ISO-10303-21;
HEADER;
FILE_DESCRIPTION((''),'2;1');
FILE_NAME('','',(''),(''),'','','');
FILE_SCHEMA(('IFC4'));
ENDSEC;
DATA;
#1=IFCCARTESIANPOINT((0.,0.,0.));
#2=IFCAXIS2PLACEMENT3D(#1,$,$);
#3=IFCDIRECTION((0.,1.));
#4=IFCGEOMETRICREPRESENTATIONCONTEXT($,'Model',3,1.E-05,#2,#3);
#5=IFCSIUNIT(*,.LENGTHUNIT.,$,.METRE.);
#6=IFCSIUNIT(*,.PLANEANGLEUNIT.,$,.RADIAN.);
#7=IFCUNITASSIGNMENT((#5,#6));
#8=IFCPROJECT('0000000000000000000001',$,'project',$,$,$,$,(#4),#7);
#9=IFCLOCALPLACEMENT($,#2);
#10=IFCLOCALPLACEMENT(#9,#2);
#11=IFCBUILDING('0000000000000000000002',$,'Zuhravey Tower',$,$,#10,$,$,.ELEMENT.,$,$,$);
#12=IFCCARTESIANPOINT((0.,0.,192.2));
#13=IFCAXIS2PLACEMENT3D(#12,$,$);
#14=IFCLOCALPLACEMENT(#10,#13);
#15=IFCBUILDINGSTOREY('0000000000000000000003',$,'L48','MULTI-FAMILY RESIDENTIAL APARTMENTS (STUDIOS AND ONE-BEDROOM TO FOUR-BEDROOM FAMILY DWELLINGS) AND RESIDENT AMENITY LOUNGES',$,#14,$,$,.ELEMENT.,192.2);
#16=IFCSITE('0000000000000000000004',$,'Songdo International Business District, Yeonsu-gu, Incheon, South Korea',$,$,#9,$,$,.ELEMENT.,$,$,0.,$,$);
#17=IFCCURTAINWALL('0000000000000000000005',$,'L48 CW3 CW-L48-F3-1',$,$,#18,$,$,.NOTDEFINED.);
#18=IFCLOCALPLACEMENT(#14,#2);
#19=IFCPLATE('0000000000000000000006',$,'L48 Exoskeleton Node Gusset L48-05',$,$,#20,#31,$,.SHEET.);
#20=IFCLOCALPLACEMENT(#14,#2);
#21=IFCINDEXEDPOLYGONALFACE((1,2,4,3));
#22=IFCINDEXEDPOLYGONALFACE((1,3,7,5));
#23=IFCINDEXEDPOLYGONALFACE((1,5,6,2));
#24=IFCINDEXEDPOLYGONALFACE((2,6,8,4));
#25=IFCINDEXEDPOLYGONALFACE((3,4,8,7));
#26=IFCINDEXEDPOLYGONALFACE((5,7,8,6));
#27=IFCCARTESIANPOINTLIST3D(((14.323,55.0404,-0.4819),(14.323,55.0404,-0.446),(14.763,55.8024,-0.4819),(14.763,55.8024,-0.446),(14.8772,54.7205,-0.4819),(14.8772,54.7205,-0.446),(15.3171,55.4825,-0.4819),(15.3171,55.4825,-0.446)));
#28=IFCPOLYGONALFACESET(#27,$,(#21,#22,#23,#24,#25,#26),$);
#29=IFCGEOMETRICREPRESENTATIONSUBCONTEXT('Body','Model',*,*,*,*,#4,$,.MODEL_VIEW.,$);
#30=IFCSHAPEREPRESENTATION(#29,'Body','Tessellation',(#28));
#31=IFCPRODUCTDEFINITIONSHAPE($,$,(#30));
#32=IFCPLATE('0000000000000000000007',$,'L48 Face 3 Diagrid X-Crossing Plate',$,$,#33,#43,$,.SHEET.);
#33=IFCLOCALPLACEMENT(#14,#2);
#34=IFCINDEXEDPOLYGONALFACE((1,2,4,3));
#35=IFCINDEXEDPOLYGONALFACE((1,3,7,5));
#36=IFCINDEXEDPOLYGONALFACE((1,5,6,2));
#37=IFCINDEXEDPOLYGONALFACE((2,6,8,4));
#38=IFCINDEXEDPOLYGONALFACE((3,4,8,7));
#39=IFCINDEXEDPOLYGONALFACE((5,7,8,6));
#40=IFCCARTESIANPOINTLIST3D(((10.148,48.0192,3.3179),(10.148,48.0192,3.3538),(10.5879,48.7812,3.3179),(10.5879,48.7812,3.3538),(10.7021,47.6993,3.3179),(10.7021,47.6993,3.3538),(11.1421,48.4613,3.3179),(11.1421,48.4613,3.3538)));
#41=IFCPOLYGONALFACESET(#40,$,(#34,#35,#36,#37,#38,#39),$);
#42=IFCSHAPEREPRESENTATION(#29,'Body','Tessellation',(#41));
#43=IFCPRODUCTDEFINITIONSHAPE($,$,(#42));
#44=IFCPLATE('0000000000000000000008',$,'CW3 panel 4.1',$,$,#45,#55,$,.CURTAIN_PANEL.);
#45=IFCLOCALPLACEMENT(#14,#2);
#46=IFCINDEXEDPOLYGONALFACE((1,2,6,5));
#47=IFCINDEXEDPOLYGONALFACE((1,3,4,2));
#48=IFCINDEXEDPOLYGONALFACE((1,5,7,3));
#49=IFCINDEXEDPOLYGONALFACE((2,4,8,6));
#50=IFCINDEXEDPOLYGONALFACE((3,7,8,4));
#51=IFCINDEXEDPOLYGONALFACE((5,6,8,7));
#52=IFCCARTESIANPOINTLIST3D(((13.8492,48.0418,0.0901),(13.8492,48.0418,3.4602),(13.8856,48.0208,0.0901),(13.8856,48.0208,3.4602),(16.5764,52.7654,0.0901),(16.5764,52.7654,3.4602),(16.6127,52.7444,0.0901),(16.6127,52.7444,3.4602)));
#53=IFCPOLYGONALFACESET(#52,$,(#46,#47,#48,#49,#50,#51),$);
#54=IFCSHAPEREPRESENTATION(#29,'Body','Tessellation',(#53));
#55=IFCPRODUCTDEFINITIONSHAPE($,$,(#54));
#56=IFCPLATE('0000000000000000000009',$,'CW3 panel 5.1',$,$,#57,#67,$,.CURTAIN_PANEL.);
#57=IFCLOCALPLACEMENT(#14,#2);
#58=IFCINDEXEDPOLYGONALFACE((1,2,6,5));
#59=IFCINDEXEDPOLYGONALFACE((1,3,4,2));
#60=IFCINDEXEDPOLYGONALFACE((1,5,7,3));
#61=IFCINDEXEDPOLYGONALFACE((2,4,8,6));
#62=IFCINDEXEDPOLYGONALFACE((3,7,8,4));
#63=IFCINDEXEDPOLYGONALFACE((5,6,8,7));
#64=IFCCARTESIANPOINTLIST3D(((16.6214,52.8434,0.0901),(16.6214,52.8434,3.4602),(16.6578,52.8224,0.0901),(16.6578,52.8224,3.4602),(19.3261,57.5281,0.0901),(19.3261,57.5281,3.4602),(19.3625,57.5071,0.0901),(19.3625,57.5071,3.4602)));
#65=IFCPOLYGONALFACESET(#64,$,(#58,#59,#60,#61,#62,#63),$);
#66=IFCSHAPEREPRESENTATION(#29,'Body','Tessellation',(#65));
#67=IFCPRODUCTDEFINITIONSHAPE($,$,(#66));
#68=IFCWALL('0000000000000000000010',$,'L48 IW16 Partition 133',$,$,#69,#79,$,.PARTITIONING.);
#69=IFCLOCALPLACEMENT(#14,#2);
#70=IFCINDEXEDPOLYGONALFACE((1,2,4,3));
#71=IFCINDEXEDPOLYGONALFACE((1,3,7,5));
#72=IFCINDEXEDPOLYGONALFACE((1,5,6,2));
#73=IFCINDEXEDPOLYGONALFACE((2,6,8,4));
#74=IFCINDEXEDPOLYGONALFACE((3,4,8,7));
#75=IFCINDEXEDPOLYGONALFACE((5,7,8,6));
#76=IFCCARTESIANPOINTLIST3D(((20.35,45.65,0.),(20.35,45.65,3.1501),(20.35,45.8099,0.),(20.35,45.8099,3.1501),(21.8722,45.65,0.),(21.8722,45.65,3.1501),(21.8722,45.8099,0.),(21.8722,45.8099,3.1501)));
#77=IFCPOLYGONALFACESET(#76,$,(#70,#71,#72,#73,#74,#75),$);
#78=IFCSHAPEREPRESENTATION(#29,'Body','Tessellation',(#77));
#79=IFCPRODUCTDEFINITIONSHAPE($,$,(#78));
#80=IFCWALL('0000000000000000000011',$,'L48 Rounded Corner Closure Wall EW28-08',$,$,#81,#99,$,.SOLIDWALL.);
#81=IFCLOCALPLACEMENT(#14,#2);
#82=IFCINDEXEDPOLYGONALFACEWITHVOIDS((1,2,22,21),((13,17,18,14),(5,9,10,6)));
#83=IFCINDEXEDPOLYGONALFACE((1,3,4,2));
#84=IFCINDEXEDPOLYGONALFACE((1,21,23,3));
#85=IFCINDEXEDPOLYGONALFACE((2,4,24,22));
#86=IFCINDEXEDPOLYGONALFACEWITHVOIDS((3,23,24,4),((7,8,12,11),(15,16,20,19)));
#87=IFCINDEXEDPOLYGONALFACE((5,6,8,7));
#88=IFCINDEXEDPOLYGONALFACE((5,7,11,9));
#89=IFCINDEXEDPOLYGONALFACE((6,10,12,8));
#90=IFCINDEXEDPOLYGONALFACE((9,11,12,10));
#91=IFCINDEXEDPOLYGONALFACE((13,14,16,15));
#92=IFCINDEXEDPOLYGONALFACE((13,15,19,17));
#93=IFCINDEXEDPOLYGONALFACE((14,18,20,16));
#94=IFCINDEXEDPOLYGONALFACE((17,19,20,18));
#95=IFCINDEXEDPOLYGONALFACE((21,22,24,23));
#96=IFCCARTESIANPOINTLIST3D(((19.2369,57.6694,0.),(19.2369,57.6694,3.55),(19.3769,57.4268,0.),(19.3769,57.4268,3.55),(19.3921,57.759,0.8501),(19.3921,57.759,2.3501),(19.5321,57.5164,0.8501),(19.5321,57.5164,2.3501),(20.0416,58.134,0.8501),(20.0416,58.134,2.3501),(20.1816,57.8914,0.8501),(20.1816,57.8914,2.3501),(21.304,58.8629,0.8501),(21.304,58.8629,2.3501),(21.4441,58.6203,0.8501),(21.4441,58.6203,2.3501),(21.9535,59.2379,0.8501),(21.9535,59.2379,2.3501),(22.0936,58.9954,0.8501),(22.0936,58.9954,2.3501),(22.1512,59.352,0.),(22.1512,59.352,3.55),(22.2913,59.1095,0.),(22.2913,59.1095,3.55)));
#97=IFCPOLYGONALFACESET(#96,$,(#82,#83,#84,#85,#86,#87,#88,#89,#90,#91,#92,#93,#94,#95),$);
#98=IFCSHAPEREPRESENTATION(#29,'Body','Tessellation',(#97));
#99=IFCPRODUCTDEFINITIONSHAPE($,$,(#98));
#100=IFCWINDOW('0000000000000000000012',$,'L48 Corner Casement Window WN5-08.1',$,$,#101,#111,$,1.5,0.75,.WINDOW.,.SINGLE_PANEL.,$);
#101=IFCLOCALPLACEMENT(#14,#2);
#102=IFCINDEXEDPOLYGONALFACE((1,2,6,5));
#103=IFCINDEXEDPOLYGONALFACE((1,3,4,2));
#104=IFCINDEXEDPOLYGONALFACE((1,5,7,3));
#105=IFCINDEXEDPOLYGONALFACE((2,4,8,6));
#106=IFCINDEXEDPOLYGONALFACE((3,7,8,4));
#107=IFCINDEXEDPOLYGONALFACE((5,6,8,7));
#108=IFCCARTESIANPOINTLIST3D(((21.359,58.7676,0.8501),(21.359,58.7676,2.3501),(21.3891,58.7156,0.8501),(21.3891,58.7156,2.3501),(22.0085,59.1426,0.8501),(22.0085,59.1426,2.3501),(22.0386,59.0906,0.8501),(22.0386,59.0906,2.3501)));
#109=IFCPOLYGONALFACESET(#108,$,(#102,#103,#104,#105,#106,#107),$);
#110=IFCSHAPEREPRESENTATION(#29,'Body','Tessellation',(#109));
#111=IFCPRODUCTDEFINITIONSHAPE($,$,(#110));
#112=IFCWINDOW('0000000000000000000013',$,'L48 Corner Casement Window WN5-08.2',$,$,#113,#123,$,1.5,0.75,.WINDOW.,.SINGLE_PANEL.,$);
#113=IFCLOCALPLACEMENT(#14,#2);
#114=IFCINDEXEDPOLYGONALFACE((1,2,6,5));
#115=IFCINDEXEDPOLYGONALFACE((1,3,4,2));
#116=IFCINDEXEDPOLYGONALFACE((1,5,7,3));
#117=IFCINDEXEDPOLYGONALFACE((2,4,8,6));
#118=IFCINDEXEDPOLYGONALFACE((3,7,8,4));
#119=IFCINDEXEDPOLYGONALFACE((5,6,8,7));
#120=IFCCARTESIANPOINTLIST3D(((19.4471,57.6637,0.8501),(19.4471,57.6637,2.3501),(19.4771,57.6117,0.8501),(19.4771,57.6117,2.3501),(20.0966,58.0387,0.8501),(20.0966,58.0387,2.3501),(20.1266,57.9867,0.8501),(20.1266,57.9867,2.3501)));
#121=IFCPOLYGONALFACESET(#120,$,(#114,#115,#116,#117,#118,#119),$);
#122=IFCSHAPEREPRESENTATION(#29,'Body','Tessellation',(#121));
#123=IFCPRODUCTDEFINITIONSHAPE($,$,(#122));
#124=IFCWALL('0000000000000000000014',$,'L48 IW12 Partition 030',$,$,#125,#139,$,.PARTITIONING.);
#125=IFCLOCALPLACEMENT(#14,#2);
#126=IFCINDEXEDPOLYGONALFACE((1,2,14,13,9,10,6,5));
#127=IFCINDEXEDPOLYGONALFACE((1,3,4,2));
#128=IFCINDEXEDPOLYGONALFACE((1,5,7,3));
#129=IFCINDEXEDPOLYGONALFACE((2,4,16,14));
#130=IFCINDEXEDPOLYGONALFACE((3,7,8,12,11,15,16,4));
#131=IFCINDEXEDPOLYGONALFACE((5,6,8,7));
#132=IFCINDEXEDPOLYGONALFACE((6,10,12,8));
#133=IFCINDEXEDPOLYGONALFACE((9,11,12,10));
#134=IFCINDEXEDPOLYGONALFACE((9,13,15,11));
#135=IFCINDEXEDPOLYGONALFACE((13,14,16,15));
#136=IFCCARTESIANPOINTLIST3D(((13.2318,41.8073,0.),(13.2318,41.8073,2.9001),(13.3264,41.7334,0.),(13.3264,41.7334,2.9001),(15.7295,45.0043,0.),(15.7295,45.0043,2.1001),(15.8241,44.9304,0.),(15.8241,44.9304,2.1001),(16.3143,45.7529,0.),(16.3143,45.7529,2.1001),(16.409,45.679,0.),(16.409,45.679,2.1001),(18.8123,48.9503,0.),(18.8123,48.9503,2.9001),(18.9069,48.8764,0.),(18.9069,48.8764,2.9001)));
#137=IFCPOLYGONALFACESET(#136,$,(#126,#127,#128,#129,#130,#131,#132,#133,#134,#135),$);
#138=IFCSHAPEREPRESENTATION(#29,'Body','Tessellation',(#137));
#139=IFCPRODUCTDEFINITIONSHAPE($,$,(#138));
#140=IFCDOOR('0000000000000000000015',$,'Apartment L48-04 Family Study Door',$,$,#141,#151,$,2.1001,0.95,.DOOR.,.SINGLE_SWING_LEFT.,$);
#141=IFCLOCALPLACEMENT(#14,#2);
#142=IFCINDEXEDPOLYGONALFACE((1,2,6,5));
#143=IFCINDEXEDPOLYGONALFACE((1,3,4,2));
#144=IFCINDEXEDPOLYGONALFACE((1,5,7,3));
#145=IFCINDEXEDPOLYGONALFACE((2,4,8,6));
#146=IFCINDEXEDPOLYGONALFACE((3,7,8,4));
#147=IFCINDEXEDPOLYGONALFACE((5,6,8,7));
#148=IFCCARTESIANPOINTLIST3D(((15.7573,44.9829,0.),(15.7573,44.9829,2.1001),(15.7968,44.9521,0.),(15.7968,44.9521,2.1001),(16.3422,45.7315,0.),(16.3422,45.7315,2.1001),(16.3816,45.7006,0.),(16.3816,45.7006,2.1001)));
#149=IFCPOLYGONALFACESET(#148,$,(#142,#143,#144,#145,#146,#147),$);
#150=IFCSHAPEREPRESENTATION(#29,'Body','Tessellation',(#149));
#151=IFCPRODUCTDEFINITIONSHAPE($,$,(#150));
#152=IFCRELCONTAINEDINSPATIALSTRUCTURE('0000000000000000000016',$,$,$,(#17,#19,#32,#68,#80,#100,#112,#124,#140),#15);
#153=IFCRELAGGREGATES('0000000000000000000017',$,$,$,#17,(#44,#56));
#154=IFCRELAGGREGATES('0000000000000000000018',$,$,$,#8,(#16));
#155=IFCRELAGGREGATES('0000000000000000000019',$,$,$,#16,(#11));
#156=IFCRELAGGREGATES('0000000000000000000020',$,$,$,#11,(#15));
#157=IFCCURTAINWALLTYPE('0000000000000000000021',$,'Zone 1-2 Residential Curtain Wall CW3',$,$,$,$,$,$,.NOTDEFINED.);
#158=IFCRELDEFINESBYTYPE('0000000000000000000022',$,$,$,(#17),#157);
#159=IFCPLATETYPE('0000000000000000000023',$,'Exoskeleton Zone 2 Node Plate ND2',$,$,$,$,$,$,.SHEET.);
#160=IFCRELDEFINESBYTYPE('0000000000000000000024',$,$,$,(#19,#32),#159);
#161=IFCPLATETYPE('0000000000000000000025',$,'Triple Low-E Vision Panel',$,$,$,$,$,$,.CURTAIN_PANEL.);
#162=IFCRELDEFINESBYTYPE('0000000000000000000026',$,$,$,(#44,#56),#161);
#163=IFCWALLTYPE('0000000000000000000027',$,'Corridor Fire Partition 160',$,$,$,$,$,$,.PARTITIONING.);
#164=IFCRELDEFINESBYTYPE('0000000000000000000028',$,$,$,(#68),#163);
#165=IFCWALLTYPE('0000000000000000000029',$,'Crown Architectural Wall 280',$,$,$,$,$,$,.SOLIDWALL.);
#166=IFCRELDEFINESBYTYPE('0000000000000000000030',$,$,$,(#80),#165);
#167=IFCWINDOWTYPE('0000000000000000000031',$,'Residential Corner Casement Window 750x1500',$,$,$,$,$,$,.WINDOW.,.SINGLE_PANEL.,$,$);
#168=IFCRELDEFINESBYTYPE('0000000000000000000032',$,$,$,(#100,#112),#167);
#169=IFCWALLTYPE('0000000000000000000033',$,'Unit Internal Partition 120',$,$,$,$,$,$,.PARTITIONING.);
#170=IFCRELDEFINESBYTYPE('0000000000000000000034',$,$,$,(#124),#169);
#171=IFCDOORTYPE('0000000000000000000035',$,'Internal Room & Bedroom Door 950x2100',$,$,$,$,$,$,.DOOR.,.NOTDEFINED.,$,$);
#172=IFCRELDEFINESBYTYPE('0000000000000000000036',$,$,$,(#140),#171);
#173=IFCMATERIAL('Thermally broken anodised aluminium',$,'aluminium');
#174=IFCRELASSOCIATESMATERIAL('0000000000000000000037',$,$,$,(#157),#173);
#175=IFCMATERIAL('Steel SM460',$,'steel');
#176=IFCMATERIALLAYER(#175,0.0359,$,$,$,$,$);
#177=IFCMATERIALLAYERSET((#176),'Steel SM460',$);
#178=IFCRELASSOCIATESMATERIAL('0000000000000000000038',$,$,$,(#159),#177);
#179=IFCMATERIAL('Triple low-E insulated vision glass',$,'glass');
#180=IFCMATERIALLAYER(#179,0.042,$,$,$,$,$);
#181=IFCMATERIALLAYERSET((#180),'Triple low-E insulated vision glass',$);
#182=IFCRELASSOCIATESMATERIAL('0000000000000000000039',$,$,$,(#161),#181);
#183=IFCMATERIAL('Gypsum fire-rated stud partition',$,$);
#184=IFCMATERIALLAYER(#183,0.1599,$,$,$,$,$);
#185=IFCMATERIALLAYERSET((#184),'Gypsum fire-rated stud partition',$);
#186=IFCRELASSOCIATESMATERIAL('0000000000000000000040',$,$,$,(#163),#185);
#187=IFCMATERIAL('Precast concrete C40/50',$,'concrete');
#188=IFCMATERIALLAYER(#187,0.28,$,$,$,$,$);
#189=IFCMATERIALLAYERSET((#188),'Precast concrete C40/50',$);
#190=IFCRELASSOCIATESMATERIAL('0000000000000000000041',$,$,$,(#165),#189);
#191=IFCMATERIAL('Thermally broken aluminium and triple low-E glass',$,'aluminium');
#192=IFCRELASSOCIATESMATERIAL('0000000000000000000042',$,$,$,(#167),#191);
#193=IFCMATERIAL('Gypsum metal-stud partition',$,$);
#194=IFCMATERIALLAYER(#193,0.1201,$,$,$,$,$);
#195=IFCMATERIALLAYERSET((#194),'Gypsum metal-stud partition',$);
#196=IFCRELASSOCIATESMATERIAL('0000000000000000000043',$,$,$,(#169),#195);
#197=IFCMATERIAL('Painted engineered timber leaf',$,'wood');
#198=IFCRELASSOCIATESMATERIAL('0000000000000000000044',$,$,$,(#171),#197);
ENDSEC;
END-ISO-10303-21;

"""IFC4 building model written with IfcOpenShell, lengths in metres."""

from ifc_helpers import new_model, si_unit, direction, frame, frame_2d, origin, origin_2d, place, context, subcontext, project, spatial, rectangle, extrude, material, layer, layer_set, type_object, element, fill, aggregate, save


model = new_model("IFC4")

# Units and contexts
model_context = context("Model", 3, precision=1e-05, world=origin(), true_north=direction((0.0, 1.0)))
body_context = subcontext(model_context, "Body", "Model", "MODEL_VIEW")
ifc_project = project(units=[si_unit("LENGTHUNIT", "METRE"), si_unit("PLANEANGLEUNIT", "RADIAN")], contexts=[model_context])

# Site, building, storey
site_placement = place(None, origin())
site = spatial("IfcSite", under=ifc_project, at=site_placement, Name="Songdo International Business District, Yeonsu-gu, Incheon, South Korea", CompositionType="ELEMENT", RefElevation=0.0)
building_placement = place(site_placement, origin())
building = spatial("IfcBuilding", under=site, at=building_placement, Name="Zuhravey Tower", CompositionType="ELEMENT")
storey_placement = place(building_placement, frame((0.0, 0.0, 192.2)))
storey = spatial("IfcBuildingStorey", under=building, at=storey_placement, Name="L48", Description="MULTI-FAMILY RESIDENTIAL APARTMENTS (STUDIOS AND ONE-BEDROOM TO FOUR-BEDROOM FAMILY DWELLINGS) AND RESIDENT AMENITY LOUNGES", CompositionType="ELEMENT", Elevation=192.2)

# Curtain wall
ifc_material_1 = material(Name="Thermally broken anodised aluminium", Category="aluminium")
curtain_wall_type = type_object("IfcCurtainWallType", Name="Zone 1-2 Residential Curtain Wall CW3", PredefinedType="NOTDEFINED", material=ifc_material_1)
curtain_wall_1_placement = place(storey_placement, origin())
curtain_wall_1 = element("IfcCurtainWall", 1, at=curtain_wall_1_placement, inside=storey, type_object=curtain_wall_type, Name="L48 CW3 CW-L48-F3-1", PredefinedType="NOTDEFINED")

# Shared definitions
ifc_material_2 = material(Name="Steel SM460", Category="steel")

# Plates
ifc_layer_1 = layer(ifc_material_2, 0.0359)
ifc_layer_set_1 = layer_set([ifc_layer_1], Name="Steel SM460")
plate_type_1 = type_object("IfcPlateType", Name="Exoskeleton Zone 2 Node Plate ND2", PredefinedType="SHEET", material=ifc_layer_set_1)
for number, where, z_axis, x_axis, name in (
    (2, (14.8201, 55.2615, -0.4819), (0.0, 0.0, 1.0), (-0.5, -0.866025, 0.0), "L48 Exoskeleton Node Gusset L48-05"),
    (3, (10.645, 48.2402, 3.3179), (0.0, 0.0, 1.0), (-0.5, -0.866025, 0.0), "L48 Face 3 Diagrid X-Crossing Plate"),
):
    element("IfcPlate", number, at=place(storey_placement, frame(where, z_axis=z_axis, x_axis=x_axis)), inside=storey, type_object=plate_type_1, Name=name, PredefinedType="SHEET", context=body_context, shape_type="SweptSolid", body=[
        extrude(rectangle(XDim=0.8799, YDim=0.6399, at=origin_2d()), origin(), (0.0, 0.0, 1.0), 0.0359),
    ])

# Plates
ifc_material_3 = material(Name="Triple low-E insulated vision glass", Category="glass")
ifc_layer_2 = layer(ifc_material_3, 0.042)
ifc_layer_set_2 = layer_set([ifc_layer_2], Name="Triple low-E insulated vision glass")
plate_type_2 = type_object("IfcPlateType", Name="Triple Low-E Vision Panel", PredefinedType="CURTAIN_PANEL", material=ifc_layer_set_2)
plate_1_placement = place(storey_placement, frame((15.231, 50.3931, 0.0901), z_axis=(0.0, 0.0, 1.0), x_axis=(0.5, 0.866025, 0.0)))
plate_1 = element("IfcPlate", 4, at=plate_1_placement, type_object=plate_type_2, Name="CW3 panel 4.1", PredefinedType="CURTAIN_PANEL", context=body_context, shape_type="SweptSolid", body=[
    extrude(rectangle(XDim=5.4543, YDim=0.042, at=origin_2d()), origin(), (0.0, 0.0, 1.0), 3.3701),
])
plate_2_placement = place(storey_placement, frame((17.9919, 55.1753, 0.0901), z_axis=(0.0, 0.0, 1.0), x_axis=(0.5, 0.866025, 0.0)))
plate_2 = element("IfcPlate", 5, at=plate_2_placement, type_object=plate_type_2, Name="CW3 panel 5.1", PredefinedType="CURTAIN_PANEL", context=body_context, shape_type="SweptSolid", body=[
    extrude(rectangle(XDim=5.4094, YDim=0.042, at=origin_2d()), origin(), (0.0, 0.0, 1.0), 3.3701),
])
aggregate(curtain_wall_1, [plate_1, plate_2])

# Wall
ifc_material_4 = material(Name="Gypsum fire-rated stud partition")
ifc_layer_3 = layer(ifc_material_4, 0.1599)
ifc_layer_set_3 = layer_set([ifc_layer_3], Name="Gypsum fire-rated stud partition")
wall_type_1 = type_object("IfcWallType", Name="Corridor Fire Partition 160", PredefinedType="PARTITIONING", material=ifc_layer_set_3)
wall_1_placement = place(storey_placement, frame((21.8723, 45.73, 0.0), z_axis=(0.0, 0.0, 1.0), x_axis=(-1.0, 0.0, 0.0)))
element("IfcWall", 6, at=wall_1_placement, inside=storey, type_object=wall_type_1, Name="L48 IW16 Partition 133", PredefinedType="PARTITIONING", context=body_context, shape_type="SweptSolid", body=[
    extrude(rectangle(XDim=1.5222, YDim=0.1599, at=frame_2d((0.7612, 0.0))), origin(), (0.0, 0.0, 1.0), 3.1501),
])

# Wall, openings, windows
ifc_material_5 = material(Name="Precast concrete C40/50", Category="concrete")
ifc_layer_4 = layer(ifc_material_5, 0.28)
ifc_layer_set_4 = layer_set([ifc_layer_4], Name="Precast concrete C40/50")
wall_type_2 = type_object("IfcWallType", Name="Crown Architectural Wall 280", PredefinedType="SOLIDWALL", material=ifc_layer_set_4)
wall_2_placement = place(storey_placement, frame((19.3069, 57.5481, 0.0), z_axis=(0.0, 0.0, 1.0), x_axis=(0.86602, 0.500009, 0.0)))
wall_2 = element("IfcWall", 7, at=wall_2_placement, inside=storey, type_object=wall_type_2, Name="L48 Rounded Corner Closure Wall EW28-08", PredefinedType="SOLIDWALL", context=body_context, shape_type="SweptSolid", body=[
    extrude(rectangle(XDim=3.3652, YDim=0.28, at=frame_2d((1.6826, 0.0))), origin(), (0.0, 0.0, 1.0), 3.55),
])
opening_1_placement = place(wall_2_placement, frame((2.387, 0.0, 0.8501)))
opening_1 = element("IfcOpeningElement", 8, at=opening_1_placement, cuts=wall_2, PredefinedType="OPENING", context=body_context, shape_type="SweptSolid", body=[
    extrude(rectangle(XDim=0.75, YDim=1.5, at=frame_2d((0.375, 0.75))), frame((0.0, 0.1521, 0.0), z_axis=(0.0, -1.0, 0.0), x_axis=(1.0, 0.0, 0.0)), (0.0, 0.0, 1.0), 0.304),
])
opening_2_placement = place(wall_2_placement, frame((0.1792, 0.0, 0.8501)))
opening_2 = element("IfcOpeningElement", 9, at=opening_2_placement, cuts=wall_2, PredefinedType="OPENING", context=body_context, shape_type="SweptSolid", body=[
    extrude(rectangle(XDim=0.75, YDim=1.5, at=frame_2d((0.375, 0.75))), frame((0.0, 0.1521, 0.0), z_axis=(0.0, -1.0, 0.0), x_axis=(1.0, 0.0, 0.0)), (0.0, 0.0, 1.0), 0.304),
])
ifc_material_6 = material(Name="Thermally broken aluminium and triple low-E glass", Category="aluminium")
window_type = type_object("IfcWindowType", Name="Residential Corner Casement Window 750x1500", PartitioningType="SINGLE_PANEL", PredefinedType="WINDOW", material=ifc_material_6)
window_1_placement = place(opening_1_placement, origin())
window_1 = element("IfcWindow", 10, at=window_1_placement, inside=storey, type_object=window_type, Name="L48 Corner Casement Window WN5-08.1", OverallHeight=1.5, OverallWidth=0.75, PartitioningType="SINGLE_PANEL", PredefinedType="WINDOW", context=body_context, shape_type="SweptSolid", body=[
    extrude(rectangle(XDim=0.75, YDim=1.5, at=frame_2d((0.375, 0.75))), frame((0.0, 0.03, 0.0), z_axis=(0.0, -1.0, 0.0), x_axis=(1.0, 0.0, 0.0)), (0.0, 0.0, 1.0), 0.0601),
])
fill(opening_1, window_1)
window_2_placement = place(opening_2_placement, origin())
window_2 = element("IfcWindow", 11, at=window_2_placement, inside=storey, type_object=window_type, Name="L48 Corner Casement Window WN5-08.2", OverallHeight=1.5, OverallWidth=0.75, PartitioningType="SINGLE_PANEL", PredefinedType="WINDOW", context=body_context, shape_type="SweptSolid", body=[
    extrude(rectangle(XDim=0.75, YDim=1.5, at=frame_2d((0.375, 0.75))), frame((0.0, 0.03, 0.0), z_axis=(0.0, -1.0, 0.0), x_axis=(1.0, 0.0, 0.0)), (0.0, 0.0, 1.0), 0.0601),
])
fill(opening_2, window_2)

# Wall, opening, door
ifc_material_7 = material(Name="Gypsum metal-stud partition")
ifc_layer_5 = layer(ifc_material_7, 0.1201)
ifc_layer_set_5 = layer_set([ifc_layer_5], Name="Gypsum metal-stud partition")
wall_type_3 = type_object("IfcWallType", Name="Unit Internal Partition 120", PredefinedType="PARTITIONING", material=ifc_layer_set_5)
wall_3_placement = place(storey_placement, frame((18.8596, 48.9133, 0.0), z_axis=(0.0, 0.0, 1.0), x_axis=(-0.615647, -0.788022, 0.0)))
wall_3 = element("IfcWall", 12, at=wall_3_placement, inside=storey, type_object=wall_type_3, Name="L48 IW12 Partition 030", PredefinedType="PARTITIONING", context=body_context, shape_type="SweptSolid", body=[
    extrude(rectangle(XDim=9.0645, YDim=0.1201, at=frame_2d((4.5322, 0.0))), origin(), (0.0, 0.0, 1.0), 2.9001),
])
opening_3_placement = place(wall_3_placement, frame((4.0574, 0.0, 0.0)))
opening_3 = element("IfcOpeningElement", 13, at=opening_3_placement, cuts=wall_3, PredefinedType="OPENING", context=body_context, shape_type="SweptSolid", body=[
    extrude(rectangle(XDim=0.95, YDim=2.1001, at=frame_2d((0.4751, 1.05))), frame((0.0, 0.072, 0.0), z_axis=(0.0, -1.0, 0.0), x_axis=(1.0, 0.0, 0.0)), (0.0, 0.0, 1.0), 0.144),
])
ifc_material_8 = material(Name="Painted engineered timber leaf", Category="wood")
door_type_1 = type_object("IfcDoorType", Name="Internal Room & Bedroom Door 950x2100", OperationType="NOTDEFINED", PredefinedType="DOOR", material=ifc_material_8)
door_1_placement = place(opening_3_placement, frame((0.95, 0.0, 0.0), z_axis=(0.0, 0.0, 1.0), x_axis=(-1.0, 0.0, 0.0)))
door_1 = element("IfcDoor", 14, at=door_1_placement, inside=storey, type_object=door_type_1, Name="Apartment L48-04 Family Study Door", OperationType="SINGLE_SWING_LEFT", OverallHeight=2.1001, OverallWidth=0.95, PredefinedType="DOOR", context=body_context, shape_type="SweptSolid", body=[
    extrude(rectangle(XDim=0.95, YDim=2.1001, at=frame_2d((0.4751, 1.05))), frame((0.0, 0.0249, 0.0), z_axis=(0.0, -1.0, 0.0), x_axis=(1.0, 0.0, 0.0)), (0.0, 0.0, 1.0), 0.05),
])
fill(opening_3, door_1)

save(model, "model.ifc")
